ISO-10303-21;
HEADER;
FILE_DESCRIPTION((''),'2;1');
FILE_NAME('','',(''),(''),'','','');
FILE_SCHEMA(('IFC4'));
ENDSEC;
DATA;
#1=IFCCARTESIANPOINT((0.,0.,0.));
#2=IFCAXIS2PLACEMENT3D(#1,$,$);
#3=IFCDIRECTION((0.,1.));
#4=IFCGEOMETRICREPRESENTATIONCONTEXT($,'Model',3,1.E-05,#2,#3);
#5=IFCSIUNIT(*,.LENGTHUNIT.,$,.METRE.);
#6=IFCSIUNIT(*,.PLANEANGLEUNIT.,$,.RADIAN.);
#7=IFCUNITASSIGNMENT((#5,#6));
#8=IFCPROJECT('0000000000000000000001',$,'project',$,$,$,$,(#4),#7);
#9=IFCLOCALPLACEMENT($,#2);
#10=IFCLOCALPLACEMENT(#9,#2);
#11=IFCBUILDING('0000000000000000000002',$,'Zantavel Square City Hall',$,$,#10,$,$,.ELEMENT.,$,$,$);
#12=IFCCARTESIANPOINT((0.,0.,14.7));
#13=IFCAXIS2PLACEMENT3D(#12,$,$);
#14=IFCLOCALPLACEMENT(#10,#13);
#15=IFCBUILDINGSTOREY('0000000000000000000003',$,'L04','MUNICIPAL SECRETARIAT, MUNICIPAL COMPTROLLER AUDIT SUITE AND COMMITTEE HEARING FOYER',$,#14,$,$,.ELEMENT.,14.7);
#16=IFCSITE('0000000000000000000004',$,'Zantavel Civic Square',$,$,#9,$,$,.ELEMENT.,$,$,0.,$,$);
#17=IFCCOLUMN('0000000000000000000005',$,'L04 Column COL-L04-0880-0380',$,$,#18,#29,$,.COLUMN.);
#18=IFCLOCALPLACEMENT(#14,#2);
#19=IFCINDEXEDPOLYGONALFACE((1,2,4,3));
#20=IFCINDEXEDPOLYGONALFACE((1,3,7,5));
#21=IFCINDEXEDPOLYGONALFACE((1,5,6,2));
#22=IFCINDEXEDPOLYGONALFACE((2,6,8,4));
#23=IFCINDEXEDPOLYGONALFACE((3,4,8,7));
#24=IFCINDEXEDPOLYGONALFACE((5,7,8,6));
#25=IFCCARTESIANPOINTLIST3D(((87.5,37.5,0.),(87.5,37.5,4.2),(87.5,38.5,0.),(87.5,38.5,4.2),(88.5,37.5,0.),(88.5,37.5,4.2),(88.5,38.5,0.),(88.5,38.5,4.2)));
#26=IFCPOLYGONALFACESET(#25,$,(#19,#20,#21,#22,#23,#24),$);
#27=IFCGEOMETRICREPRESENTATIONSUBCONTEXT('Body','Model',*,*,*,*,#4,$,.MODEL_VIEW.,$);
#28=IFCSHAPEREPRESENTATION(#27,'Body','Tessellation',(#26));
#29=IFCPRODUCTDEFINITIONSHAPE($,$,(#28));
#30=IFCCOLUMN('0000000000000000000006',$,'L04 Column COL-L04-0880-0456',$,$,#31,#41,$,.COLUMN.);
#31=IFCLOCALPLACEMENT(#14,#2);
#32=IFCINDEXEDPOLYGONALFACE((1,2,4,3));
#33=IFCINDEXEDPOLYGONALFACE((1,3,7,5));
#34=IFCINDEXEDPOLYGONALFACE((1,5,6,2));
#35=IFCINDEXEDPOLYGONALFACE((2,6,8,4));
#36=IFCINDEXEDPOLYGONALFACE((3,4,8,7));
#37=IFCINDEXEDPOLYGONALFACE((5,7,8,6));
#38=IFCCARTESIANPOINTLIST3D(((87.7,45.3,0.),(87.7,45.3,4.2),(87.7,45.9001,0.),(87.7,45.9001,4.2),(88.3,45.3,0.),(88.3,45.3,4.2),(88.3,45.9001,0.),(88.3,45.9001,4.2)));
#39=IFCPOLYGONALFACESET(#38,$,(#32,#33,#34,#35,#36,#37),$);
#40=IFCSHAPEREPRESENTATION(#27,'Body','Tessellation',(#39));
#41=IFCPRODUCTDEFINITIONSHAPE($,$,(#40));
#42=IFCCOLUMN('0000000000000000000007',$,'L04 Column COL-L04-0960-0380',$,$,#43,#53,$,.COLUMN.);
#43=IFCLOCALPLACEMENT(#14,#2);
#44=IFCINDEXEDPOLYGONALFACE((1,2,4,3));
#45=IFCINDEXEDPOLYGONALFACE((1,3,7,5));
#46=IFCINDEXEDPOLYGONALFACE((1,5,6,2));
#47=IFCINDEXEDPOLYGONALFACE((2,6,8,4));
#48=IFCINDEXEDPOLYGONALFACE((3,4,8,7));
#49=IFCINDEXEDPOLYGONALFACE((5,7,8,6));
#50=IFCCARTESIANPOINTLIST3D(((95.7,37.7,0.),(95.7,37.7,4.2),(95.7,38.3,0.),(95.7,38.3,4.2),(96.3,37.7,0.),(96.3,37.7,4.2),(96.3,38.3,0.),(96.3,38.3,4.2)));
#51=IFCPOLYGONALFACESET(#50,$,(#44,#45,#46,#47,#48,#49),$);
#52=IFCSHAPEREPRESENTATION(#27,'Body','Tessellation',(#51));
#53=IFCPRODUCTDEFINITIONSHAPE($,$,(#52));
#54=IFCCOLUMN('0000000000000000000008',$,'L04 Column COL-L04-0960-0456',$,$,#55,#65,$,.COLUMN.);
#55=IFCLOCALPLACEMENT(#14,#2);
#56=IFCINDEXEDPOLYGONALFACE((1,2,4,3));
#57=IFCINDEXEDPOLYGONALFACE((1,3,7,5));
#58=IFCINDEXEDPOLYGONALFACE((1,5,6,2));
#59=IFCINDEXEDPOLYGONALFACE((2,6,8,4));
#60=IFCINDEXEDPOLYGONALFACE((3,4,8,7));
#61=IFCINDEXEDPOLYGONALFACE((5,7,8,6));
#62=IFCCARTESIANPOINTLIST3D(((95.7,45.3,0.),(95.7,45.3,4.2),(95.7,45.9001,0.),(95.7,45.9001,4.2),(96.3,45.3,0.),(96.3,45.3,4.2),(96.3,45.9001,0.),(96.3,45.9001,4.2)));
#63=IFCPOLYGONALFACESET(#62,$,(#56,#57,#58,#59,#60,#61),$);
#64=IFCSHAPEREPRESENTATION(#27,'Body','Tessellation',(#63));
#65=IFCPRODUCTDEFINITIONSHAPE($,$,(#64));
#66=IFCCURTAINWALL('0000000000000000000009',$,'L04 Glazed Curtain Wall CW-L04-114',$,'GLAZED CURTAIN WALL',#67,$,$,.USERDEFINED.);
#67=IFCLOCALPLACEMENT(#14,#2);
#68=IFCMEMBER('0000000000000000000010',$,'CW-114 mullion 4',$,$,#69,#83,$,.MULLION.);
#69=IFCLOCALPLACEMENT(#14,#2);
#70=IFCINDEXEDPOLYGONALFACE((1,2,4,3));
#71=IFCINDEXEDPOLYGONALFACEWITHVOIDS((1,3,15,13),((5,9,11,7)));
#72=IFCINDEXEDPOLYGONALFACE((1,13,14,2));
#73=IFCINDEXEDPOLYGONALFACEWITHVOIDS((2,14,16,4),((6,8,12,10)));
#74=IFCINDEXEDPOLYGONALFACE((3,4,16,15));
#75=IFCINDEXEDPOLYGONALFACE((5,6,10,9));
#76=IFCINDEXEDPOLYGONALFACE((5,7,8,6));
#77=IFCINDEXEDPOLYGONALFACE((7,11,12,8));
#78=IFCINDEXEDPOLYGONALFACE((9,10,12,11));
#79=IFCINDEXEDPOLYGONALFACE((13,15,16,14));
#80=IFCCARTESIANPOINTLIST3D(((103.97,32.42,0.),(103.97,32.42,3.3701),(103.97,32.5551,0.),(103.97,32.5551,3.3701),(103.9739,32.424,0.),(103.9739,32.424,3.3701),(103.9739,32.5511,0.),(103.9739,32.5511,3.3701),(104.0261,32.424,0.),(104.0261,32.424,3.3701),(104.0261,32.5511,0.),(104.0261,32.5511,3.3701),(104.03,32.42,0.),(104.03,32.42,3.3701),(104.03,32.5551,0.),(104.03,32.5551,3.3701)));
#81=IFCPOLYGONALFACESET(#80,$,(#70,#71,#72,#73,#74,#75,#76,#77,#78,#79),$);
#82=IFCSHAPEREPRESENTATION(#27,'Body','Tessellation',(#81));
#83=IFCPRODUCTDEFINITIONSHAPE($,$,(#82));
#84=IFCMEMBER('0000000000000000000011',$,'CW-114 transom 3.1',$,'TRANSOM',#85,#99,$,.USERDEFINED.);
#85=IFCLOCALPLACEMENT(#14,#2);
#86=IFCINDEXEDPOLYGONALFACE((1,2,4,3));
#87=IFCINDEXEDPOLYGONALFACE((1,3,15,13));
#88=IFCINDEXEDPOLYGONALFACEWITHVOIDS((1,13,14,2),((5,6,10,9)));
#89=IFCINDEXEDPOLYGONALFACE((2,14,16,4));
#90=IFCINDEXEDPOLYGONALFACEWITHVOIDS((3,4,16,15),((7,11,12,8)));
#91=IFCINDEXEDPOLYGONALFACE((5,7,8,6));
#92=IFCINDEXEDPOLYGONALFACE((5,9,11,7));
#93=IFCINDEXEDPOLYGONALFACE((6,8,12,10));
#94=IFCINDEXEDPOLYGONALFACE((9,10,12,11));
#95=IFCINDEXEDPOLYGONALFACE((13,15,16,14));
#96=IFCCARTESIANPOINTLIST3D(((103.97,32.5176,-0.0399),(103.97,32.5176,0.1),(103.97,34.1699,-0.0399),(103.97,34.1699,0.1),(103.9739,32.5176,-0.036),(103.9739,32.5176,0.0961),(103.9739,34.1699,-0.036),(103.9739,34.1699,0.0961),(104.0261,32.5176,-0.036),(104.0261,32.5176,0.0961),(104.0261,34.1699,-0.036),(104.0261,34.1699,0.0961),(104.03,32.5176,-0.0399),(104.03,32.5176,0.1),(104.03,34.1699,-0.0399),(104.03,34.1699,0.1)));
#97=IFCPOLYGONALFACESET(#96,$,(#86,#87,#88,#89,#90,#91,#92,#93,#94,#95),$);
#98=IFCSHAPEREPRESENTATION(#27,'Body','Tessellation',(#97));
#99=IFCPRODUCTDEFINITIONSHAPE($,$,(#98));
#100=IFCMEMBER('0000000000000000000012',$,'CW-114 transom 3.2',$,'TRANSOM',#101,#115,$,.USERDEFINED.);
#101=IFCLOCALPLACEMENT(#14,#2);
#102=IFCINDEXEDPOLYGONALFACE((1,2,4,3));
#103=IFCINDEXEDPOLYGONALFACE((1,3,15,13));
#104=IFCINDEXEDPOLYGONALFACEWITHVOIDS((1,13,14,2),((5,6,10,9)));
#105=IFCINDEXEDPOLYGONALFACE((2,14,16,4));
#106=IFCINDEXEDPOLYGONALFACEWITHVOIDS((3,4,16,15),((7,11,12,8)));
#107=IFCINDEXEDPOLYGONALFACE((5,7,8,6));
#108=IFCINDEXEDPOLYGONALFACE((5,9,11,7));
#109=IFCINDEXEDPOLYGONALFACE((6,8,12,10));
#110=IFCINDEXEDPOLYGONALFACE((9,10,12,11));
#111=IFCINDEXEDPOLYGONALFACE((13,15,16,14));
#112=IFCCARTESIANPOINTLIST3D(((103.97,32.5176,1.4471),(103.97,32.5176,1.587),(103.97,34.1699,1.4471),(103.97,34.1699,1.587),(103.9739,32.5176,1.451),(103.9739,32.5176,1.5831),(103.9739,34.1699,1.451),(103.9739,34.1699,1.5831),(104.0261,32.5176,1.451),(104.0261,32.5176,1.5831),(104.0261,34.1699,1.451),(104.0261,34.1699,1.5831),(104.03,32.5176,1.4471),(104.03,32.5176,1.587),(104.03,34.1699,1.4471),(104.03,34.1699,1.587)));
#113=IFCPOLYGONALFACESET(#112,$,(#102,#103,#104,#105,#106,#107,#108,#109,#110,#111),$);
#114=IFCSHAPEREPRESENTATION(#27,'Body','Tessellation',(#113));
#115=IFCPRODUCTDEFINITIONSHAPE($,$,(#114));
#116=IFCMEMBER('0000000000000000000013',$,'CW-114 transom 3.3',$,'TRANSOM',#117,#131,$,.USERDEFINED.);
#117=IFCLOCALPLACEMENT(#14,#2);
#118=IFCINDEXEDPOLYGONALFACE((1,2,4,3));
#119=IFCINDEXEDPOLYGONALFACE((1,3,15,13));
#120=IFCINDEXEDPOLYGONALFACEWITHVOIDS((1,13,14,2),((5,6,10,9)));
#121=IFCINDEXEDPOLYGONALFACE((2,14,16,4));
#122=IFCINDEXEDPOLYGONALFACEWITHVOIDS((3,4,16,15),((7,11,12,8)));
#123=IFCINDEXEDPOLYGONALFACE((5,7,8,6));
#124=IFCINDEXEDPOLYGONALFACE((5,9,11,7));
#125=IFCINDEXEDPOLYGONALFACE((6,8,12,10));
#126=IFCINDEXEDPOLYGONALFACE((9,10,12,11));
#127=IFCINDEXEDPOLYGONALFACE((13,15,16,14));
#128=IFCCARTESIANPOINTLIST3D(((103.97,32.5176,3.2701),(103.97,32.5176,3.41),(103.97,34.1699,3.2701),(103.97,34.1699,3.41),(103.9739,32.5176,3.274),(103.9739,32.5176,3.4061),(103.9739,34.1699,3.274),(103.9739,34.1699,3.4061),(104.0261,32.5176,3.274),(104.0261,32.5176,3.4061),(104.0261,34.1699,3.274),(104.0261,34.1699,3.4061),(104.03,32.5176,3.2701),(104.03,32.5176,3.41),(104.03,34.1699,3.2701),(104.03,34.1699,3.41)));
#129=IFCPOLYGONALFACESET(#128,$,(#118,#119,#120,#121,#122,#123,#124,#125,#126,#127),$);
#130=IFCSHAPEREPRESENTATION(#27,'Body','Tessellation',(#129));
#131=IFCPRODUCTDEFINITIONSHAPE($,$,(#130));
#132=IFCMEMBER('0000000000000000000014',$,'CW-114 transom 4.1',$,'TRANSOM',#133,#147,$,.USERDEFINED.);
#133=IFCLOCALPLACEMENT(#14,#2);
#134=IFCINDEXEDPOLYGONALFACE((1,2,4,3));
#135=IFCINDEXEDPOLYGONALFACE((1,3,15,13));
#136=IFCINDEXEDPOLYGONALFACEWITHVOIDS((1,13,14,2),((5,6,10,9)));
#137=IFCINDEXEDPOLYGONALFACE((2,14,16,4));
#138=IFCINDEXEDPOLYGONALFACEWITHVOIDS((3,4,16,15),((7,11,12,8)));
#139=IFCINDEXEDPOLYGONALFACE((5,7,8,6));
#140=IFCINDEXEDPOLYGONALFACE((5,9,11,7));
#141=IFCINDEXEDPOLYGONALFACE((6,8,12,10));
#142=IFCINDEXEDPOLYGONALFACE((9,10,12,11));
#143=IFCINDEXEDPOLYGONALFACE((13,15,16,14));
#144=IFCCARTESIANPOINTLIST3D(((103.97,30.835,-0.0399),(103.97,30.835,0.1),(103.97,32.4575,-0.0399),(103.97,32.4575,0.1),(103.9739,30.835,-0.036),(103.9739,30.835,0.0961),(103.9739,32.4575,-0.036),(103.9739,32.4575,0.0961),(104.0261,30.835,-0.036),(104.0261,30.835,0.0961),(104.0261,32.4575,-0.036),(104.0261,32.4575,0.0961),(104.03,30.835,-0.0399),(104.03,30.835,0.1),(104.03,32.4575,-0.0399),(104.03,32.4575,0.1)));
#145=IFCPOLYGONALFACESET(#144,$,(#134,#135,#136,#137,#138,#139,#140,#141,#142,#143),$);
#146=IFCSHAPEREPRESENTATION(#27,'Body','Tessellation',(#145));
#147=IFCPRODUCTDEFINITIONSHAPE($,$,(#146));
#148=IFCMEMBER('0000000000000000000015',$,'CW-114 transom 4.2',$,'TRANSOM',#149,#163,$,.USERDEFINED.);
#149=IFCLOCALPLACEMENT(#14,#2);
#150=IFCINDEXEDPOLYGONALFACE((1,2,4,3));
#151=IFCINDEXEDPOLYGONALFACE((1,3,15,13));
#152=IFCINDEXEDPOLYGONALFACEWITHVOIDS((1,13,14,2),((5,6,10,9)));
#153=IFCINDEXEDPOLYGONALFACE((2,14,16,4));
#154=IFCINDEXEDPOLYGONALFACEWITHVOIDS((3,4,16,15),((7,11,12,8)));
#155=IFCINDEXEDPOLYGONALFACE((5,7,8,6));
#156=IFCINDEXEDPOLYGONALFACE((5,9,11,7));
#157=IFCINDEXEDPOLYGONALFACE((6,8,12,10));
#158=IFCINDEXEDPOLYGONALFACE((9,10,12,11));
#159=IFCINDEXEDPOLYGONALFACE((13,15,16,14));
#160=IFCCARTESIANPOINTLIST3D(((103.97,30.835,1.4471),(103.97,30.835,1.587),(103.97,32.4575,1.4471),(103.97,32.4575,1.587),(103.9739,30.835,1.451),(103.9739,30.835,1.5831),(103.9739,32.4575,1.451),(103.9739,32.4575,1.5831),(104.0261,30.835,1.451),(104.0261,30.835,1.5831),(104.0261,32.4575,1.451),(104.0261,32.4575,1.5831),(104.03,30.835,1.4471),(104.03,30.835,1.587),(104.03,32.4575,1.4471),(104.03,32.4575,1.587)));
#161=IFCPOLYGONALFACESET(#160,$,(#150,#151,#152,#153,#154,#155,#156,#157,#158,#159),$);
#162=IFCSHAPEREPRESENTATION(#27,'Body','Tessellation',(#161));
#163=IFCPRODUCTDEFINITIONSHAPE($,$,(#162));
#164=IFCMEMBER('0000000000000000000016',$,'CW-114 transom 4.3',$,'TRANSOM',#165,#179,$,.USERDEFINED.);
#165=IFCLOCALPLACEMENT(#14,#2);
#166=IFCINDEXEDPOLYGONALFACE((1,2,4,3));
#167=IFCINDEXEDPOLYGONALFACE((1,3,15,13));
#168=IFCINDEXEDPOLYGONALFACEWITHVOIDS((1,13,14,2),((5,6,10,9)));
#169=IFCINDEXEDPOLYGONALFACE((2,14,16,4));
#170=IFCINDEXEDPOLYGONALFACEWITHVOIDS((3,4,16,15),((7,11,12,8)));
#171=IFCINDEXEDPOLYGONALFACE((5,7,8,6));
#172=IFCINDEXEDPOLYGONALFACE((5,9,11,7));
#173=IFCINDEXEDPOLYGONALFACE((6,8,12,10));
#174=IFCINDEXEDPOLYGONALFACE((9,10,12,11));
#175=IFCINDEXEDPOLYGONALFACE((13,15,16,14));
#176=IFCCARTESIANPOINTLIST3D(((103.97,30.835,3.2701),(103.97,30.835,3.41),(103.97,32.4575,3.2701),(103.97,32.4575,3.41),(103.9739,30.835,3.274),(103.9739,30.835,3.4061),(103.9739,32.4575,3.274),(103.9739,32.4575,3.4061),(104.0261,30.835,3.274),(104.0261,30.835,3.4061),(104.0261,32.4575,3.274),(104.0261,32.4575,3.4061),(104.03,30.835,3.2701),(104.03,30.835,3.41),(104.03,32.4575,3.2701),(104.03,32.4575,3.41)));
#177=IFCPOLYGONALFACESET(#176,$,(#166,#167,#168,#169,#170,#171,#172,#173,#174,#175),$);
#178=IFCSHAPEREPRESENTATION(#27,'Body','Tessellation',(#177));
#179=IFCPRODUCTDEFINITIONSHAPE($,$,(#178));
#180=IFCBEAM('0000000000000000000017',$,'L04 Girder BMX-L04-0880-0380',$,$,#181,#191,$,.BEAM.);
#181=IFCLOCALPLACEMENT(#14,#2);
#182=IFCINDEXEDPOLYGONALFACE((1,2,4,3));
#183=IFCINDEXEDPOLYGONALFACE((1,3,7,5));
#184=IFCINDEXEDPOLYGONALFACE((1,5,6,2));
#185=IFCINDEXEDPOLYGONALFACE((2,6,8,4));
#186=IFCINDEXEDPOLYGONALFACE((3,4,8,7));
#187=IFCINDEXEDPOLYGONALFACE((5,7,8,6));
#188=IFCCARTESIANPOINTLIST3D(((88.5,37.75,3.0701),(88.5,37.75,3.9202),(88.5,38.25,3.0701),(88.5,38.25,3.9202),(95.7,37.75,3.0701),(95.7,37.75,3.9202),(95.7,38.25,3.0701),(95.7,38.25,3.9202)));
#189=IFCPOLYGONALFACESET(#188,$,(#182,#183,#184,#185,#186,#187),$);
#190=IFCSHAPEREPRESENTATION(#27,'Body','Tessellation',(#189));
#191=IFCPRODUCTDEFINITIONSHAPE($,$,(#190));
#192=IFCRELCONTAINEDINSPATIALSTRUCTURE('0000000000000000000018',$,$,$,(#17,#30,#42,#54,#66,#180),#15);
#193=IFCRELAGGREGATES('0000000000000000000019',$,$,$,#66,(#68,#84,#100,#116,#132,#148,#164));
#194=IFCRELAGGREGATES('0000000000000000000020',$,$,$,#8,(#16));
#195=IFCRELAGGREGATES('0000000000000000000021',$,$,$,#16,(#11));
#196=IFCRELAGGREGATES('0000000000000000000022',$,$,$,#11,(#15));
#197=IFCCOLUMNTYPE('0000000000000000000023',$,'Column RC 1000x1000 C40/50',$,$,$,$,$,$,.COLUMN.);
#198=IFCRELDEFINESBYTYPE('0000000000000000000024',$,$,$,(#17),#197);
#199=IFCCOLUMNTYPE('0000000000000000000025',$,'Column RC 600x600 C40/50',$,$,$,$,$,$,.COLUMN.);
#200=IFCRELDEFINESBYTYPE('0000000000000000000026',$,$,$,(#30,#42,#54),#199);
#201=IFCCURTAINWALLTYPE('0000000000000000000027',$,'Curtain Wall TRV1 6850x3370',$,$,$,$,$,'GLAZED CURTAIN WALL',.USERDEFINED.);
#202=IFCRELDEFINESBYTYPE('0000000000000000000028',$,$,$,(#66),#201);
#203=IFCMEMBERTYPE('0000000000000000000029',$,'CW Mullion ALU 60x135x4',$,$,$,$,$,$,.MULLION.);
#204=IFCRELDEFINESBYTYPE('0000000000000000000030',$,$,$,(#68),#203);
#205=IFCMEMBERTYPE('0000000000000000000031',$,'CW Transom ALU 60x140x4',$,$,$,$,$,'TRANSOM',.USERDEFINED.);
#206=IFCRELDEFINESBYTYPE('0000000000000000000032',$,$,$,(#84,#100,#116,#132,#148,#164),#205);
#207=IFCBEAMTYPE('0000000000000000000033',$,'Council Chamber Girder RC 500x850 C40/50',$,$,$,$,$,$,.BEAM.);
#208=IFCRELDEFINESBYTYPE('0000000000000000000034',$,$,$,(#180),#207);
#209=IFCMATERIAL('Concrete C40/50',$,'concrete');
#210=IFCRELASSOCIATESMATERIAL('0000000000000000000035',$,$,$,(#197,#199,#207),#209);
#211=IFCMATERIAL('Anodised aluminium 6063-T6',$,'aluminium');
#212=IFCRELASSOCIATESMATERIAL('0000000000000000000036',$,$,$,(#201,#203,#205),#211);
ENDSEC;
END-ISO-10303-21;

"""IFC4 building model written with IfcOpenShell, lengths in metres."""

from ifc_helpers import new_model, si_unit, direction, frame, origin, origin_2d, place, context, subcontext, project, spatial, rectangle, hollow_rectangle, extrude, material, material_profile, profile_set, type_object, element, aggregate, save


model = new_model("IFC4")

# Units and contexts
model_context = context("Model", 3, precision=1e-05, world=origin(), true_north=direction((0.0, 1.0)))
body_context = subcontext(model_context, "Body", "Model", "MODEL_VIEW")
ifc_project = project(units=[si_unit("LENGTHUNIT", "METRE"), si_unit("PLANEANGLEUNIT", "RADIAN")], contexts=[model_context])

# Site, building, storey
site_placement = place(None, origin())
site = spatial("IfcSite", under=ifc_project, at=site_placement, Name="Zantavel Civic Square", CompositionType="ELEMENT", RefElevation=0.0)
building_placement = place(site_placement, origin())
building = spatial("IfcBuilding", under=site, at=building_placement, Name="Zantavel Square City Hall", CompositionType="ELEMENT")
storey_placement = place(building_placement, frame((0.0, 0.0, 14.7)))
storey = spatial("IfcBuildingStorey", under=building, at=storey_placement, Name="L04", Description="MUNICIPAL SECRETARIAT, MUNICIPAL COMPTROLLER AUDIT SUITE AND COMMITTEE HEARING FOYER", CompositionType="ELEMENT", Elevation=14.7)

# Columns
ifc_material_1 = material(Name="Concrete C40/50", Category="concrete")
ifc_material_profile_1 = material_profile(ifc_material_1, rectangle(XDim=1.0, YDim=1.0, at=origin_2d()), Name="RC 1000x1000")
ifc_profile_set_1 = profile_set([ifc_material_profile_1], Name="Concrete C40/50")
column_type_1 = type_object("IfcColumnType", Name="Column RC 1000x1000 C40/50", PredefinedType="COLUMN", material=ifc_profile_set_1)
column_placement = place(storey_placement, frame((88.0, 38.0, 0.0), z_axis=(0.0, 0.0, 1.0), x_axis=(1.0, 0.0, 0.0)))
element("IfcColumn", 1, at=column_placement, inside=storey, type_object=column_type_1, Name="L04 Column COL-L04-0880-0380", PredefinedType="COLUMN", context=body_context, shape_type="SweptSolid", body=[
    extrude(rectangle(XDim=1.0, YDim=1.0, at=origin_2d()), origin(), (0.0, 0.0, 1.0), 4.2),
])
ifc_material_profile_2 = material_profile(ifc_material_1, rectangle(XDim=0.6001, YDim=0.6001, at=origin_2d()), Name="RC 600x600")
ifc_profile_set_2 = profile_set([ifc_material_profile_2], Name="Concrete C40/50")
column_type_2 = type_object("IfcColumnType", Name="Column RC 600x600 C40/50", PredefinedType="COLUMN", material=ifc_profile_set_2)
for number, where, z_axis, x_axis, name in (
    (2, (88.0, 45.6001, 0.0), (0.0, 0.0, 1.0), (1.0, 0.0, 0.0), "L04 Column COL-L04-0880-0456"),
    (3, (96.0, 38.0, 0.0), (0.0, 0.0, 1.0), (1.0, 0.0, 0.0), "L04 Column COL-L04-0960-0380"),
    (4, (96.0, 45.6001, 0.0), (0.0, 0.0, 1.0), (1.0, 0.0, 0.0), "L04 Column COL-L04-0960-0456"),
):
    element("IfcColumn", number, at=place(storey_placement, frame(where, z_axis=z_axis, x_axis=x_axis)), inside=storey, type_object=column_type_2, Name=name, PredefinedType="COLUMN", context=body_context, shape_type="SweptSolid", body=[
        extrude(rectangle(XDim=0.6001, YDim=0.6001, at=origin_2d()), origin(), (0.0, 0.0, 1.0), 4.2),
    ])

# Curtain wall, members
ifc_material_2 = material(Name="Anodised aluminium 6063-T6", Category="aluminium")
curtain_wall_type = type_object("IfcCurtainWallType", Name="Curtain Wall TRV1 6850x3370", ElementType="GLAZED CURTAIN WALL", PredefinedType="USERDEFINED", material=ifc_material_2)
curtain_wall_placement = place(storey_placement, origin())
curtain_wall = element("IfcCurtainWall", 5, at=curtain_wall_placement, inside=storey, type_object=curtain_wall_type, Name="L04 Glazed Curtain Wall CW-L04-114", ObjectType="GLAZED CURTAIN WALL", PredefinedType="USERDEFINED")
ifc_material_profile_3 = material_profile(ifc_material_2, hollow_rectangle(XDim=0.0601, YDim=0.135, WallThickness=0.0039, at=origin_2d()), Name="ALU 60x135x4")
ifc_profile_set_3 = profile_set([ifc_material_profile_3], Name="Anodised aluminium 6063-T6")
member_type_1 = type_object("IfcMemberType", Name="CW Mullion ALU 60x135x4", PredefinedType="MULLION", material=ifc_profile_set_3)
member_1_placement = place(storey_placement, frame((104.0, 32.4875, 0.0), z_axis=(0.0, 0.0, 1.0), x_axis=(1.0, 0.0, 0.0)))
member_1 = element("IfcMember", 6, at=member_1_placement, type_object=member_type_1, Name="CW-114 mullion 4", PredefinedType="MULLION", context=body_context, shape_type="SweptSolid", body=[
    extrude(hollow_rectangle(XDim=0.0601, YDim=0.135, WallThickness=0.0039, at=origin_2d()), origin(), (0.0, 0.0, 1.0), 3.3701),
])
ifc_material_profile_4 = material_profile(ifc_material_2, hollow_rectangle(XDim=0.0601, YDim=0.1399, WallThickness=0.0039, at=origin_2d()), Name="ALU 60x140x4")
ifc_profile_set_4 = profile_set([ifc_material_profile_4], Name="Anodised aluminium 6063-T6")
member_type_2 = type_object("IfcMemberType", Name="CW Transom ALU 60x140x4", ElementType="TRANSOM", PredefinedType="USERDEFINED", material=ifc_profile_set_4)
member_2_placement = place(storey_placement, frame((104.0, 34.1699, 0.03), z_axis=(0.0, -1.0, 0.0), x_axis=(1.0, 0.0, 0.0)))
member_2 = element("IfcMember", 7, at=member_2_placement, type_object=member_type_2, Name="CW-114 transom 3.1", ObjectType="TRANSOM", PredefinedType="USERDEFINED", context=body_context, shape_type="SweptSolid", body=[
    extrude(hollow_rectangle(XDim=0.0601, YDim=0.1399, WallThickness=0.0039, at=origin_2d()), origin(), (0.0, 0.0, 1.0), 1.6523),
])
member_3_placement = place(storey_placement, frame((104.0, 34.1699, 1.5171), z_axis=(0.0, -1.0, 0.0), x_axis=(1.0, 0.0, 0.0)))
member_3 = element("IfcMember", 8, at=member_3_placement, type_object=member_type_2, Name="CW-114 transom 3.2", ObjectType="TRANSOM", PredefinedType="USERDEFINED", context=body_context, shape_type="SweptSolid", body=[
    extrude(hollow_rectangle(XDim=0.0601, YDim=0.1399, WallThickness=0.0039, at=origin_2d()), origin(), (0.0, 0.0, 1.0), 1.6523),
])
member_4_placement = place(storey_placement, frame((104.0, 34.1699, 3.3401), z_axis=(0.0, -1.0, 0.0), x_axis=(1.0, 0.0, 0.0)))
member_4 = element("IfcMember", 9, at=member_4_placement, type_object=member_type_2, Name="CW-114 transom 3.3", ObjectType="TRANSOM", PredefinedType="USERDEFINED", context=body_context, shape_type="SweptSolid", body=[
    extrude(hollow_rectangle(XDim=0.0601, YDim=0.1399, WallThickness=0.0039, at=origin_2d()), origin(), (0.0, 0.0, 1.0), 1.6523),
])
member_5_placement = place(storey_placement, frame((104.0, 32.4575, 0.03), z_axis=(0.0, -1.0, 0.0), x_axis=(1.0, 0.0, 0.0)))
member_5 = element("IfcMember", 10, at=member_5_placement, type_object=member_type_2, Name="CW-114 transom 4.1", ObjectType="TRANSOM", PredefinedType="USERDEFINED", context=body_context, shape_type="SweptSolid", body=[
    extrude(hollow_rectangle(XDim=0.0601, YDim=0.1399, WallThickness=0.0039, at=origin_2d()), origin(), (0.0, 0.0, 1.0), 1.6226),
])
member_6_placement = place(storey_placement, frame((104.0, 32.4575, 1.5171), z_axis=(0.0, -1.0, 0.0), x_axis=(1.0, 0.0, 0.0)))
member_6 = element("IfcMember", 11, at=member_6_placement, type_object=member_type_2, Name="CW-114 transom 4.2", ObjectType="TRANSOM", PredefinedType="USERDEFINED", context=body_context, shape_type="SweptSolid", body=[
    extrude(hollow_rectangle(XDim=0.0601, YDim=0.1399, WallThickness=0.0039, at=origin_2d()), origin(), (0.0, 0.0, 1.0), 1.6226),
])
member_7_placement = place(storey_placement, frame((104.0, 32.4575, 3.3401), z_axis=(0.0, -1.0, 0.0), x_axis=(1.0, 0.0, 0.0)))
member_7 = element("IfcMember", 12, at=member_7_placement, type_object=member_type_2, Name="CW-114 transom 4.3", ObjectType="TRANSOM", PredefinedType="USERDEFINED", context=body_context, shape_type="SweptSolid", body=[
    extrude(hollow_rectangle(XDim=0.0601, YDim=0.1399, WallThickness=0.0039, at=origin_2d()), origin(), (0.0, 0.0, 1.0), 1.6226),
])

# Beam
ifc_material_profile_5 = material_profile(ifc_material_1, rectangle(XDim=0.5, YDim=0.8501, at=origin_2d()), Name="RC 500x850")
ifc_profile_set_5 = profile_set([ifc_material_profile_5], Name="Concrete C40/50")
beam_type_1 = type_object("IfcBeamType", Name="Council Chamber Girder RC 500x850 C40/50", PredefinedType="BEAM", material=ifc_profile_set_5)
beam_1_placement = place(storey_placement, frame((88.5, 38.0, 3.4951), z_axis=(1.0, 0.0, 0.0), x_axis=(0.0, 1.0, 0.0)))
element("IfcBeam", 13, at=beam_1_placement, inside=storey, type_object=beam_type_1, Name="L04 Girder BMX-L04-0880-0380", PredefinedType="BEAM", context=body_context, shape_type="SweptSolid", body=[
    extrude(rectangle(XDim=0.5, YDim=0.8501, at=origin_2d()), origin(), (0.0, 0.0, 1.0), 7.2),
])

aggregate(curtain_wall, [member_1, member_2, member_3, member_4, member_5, member_6, member_7])

save(model, "model.ifc")
